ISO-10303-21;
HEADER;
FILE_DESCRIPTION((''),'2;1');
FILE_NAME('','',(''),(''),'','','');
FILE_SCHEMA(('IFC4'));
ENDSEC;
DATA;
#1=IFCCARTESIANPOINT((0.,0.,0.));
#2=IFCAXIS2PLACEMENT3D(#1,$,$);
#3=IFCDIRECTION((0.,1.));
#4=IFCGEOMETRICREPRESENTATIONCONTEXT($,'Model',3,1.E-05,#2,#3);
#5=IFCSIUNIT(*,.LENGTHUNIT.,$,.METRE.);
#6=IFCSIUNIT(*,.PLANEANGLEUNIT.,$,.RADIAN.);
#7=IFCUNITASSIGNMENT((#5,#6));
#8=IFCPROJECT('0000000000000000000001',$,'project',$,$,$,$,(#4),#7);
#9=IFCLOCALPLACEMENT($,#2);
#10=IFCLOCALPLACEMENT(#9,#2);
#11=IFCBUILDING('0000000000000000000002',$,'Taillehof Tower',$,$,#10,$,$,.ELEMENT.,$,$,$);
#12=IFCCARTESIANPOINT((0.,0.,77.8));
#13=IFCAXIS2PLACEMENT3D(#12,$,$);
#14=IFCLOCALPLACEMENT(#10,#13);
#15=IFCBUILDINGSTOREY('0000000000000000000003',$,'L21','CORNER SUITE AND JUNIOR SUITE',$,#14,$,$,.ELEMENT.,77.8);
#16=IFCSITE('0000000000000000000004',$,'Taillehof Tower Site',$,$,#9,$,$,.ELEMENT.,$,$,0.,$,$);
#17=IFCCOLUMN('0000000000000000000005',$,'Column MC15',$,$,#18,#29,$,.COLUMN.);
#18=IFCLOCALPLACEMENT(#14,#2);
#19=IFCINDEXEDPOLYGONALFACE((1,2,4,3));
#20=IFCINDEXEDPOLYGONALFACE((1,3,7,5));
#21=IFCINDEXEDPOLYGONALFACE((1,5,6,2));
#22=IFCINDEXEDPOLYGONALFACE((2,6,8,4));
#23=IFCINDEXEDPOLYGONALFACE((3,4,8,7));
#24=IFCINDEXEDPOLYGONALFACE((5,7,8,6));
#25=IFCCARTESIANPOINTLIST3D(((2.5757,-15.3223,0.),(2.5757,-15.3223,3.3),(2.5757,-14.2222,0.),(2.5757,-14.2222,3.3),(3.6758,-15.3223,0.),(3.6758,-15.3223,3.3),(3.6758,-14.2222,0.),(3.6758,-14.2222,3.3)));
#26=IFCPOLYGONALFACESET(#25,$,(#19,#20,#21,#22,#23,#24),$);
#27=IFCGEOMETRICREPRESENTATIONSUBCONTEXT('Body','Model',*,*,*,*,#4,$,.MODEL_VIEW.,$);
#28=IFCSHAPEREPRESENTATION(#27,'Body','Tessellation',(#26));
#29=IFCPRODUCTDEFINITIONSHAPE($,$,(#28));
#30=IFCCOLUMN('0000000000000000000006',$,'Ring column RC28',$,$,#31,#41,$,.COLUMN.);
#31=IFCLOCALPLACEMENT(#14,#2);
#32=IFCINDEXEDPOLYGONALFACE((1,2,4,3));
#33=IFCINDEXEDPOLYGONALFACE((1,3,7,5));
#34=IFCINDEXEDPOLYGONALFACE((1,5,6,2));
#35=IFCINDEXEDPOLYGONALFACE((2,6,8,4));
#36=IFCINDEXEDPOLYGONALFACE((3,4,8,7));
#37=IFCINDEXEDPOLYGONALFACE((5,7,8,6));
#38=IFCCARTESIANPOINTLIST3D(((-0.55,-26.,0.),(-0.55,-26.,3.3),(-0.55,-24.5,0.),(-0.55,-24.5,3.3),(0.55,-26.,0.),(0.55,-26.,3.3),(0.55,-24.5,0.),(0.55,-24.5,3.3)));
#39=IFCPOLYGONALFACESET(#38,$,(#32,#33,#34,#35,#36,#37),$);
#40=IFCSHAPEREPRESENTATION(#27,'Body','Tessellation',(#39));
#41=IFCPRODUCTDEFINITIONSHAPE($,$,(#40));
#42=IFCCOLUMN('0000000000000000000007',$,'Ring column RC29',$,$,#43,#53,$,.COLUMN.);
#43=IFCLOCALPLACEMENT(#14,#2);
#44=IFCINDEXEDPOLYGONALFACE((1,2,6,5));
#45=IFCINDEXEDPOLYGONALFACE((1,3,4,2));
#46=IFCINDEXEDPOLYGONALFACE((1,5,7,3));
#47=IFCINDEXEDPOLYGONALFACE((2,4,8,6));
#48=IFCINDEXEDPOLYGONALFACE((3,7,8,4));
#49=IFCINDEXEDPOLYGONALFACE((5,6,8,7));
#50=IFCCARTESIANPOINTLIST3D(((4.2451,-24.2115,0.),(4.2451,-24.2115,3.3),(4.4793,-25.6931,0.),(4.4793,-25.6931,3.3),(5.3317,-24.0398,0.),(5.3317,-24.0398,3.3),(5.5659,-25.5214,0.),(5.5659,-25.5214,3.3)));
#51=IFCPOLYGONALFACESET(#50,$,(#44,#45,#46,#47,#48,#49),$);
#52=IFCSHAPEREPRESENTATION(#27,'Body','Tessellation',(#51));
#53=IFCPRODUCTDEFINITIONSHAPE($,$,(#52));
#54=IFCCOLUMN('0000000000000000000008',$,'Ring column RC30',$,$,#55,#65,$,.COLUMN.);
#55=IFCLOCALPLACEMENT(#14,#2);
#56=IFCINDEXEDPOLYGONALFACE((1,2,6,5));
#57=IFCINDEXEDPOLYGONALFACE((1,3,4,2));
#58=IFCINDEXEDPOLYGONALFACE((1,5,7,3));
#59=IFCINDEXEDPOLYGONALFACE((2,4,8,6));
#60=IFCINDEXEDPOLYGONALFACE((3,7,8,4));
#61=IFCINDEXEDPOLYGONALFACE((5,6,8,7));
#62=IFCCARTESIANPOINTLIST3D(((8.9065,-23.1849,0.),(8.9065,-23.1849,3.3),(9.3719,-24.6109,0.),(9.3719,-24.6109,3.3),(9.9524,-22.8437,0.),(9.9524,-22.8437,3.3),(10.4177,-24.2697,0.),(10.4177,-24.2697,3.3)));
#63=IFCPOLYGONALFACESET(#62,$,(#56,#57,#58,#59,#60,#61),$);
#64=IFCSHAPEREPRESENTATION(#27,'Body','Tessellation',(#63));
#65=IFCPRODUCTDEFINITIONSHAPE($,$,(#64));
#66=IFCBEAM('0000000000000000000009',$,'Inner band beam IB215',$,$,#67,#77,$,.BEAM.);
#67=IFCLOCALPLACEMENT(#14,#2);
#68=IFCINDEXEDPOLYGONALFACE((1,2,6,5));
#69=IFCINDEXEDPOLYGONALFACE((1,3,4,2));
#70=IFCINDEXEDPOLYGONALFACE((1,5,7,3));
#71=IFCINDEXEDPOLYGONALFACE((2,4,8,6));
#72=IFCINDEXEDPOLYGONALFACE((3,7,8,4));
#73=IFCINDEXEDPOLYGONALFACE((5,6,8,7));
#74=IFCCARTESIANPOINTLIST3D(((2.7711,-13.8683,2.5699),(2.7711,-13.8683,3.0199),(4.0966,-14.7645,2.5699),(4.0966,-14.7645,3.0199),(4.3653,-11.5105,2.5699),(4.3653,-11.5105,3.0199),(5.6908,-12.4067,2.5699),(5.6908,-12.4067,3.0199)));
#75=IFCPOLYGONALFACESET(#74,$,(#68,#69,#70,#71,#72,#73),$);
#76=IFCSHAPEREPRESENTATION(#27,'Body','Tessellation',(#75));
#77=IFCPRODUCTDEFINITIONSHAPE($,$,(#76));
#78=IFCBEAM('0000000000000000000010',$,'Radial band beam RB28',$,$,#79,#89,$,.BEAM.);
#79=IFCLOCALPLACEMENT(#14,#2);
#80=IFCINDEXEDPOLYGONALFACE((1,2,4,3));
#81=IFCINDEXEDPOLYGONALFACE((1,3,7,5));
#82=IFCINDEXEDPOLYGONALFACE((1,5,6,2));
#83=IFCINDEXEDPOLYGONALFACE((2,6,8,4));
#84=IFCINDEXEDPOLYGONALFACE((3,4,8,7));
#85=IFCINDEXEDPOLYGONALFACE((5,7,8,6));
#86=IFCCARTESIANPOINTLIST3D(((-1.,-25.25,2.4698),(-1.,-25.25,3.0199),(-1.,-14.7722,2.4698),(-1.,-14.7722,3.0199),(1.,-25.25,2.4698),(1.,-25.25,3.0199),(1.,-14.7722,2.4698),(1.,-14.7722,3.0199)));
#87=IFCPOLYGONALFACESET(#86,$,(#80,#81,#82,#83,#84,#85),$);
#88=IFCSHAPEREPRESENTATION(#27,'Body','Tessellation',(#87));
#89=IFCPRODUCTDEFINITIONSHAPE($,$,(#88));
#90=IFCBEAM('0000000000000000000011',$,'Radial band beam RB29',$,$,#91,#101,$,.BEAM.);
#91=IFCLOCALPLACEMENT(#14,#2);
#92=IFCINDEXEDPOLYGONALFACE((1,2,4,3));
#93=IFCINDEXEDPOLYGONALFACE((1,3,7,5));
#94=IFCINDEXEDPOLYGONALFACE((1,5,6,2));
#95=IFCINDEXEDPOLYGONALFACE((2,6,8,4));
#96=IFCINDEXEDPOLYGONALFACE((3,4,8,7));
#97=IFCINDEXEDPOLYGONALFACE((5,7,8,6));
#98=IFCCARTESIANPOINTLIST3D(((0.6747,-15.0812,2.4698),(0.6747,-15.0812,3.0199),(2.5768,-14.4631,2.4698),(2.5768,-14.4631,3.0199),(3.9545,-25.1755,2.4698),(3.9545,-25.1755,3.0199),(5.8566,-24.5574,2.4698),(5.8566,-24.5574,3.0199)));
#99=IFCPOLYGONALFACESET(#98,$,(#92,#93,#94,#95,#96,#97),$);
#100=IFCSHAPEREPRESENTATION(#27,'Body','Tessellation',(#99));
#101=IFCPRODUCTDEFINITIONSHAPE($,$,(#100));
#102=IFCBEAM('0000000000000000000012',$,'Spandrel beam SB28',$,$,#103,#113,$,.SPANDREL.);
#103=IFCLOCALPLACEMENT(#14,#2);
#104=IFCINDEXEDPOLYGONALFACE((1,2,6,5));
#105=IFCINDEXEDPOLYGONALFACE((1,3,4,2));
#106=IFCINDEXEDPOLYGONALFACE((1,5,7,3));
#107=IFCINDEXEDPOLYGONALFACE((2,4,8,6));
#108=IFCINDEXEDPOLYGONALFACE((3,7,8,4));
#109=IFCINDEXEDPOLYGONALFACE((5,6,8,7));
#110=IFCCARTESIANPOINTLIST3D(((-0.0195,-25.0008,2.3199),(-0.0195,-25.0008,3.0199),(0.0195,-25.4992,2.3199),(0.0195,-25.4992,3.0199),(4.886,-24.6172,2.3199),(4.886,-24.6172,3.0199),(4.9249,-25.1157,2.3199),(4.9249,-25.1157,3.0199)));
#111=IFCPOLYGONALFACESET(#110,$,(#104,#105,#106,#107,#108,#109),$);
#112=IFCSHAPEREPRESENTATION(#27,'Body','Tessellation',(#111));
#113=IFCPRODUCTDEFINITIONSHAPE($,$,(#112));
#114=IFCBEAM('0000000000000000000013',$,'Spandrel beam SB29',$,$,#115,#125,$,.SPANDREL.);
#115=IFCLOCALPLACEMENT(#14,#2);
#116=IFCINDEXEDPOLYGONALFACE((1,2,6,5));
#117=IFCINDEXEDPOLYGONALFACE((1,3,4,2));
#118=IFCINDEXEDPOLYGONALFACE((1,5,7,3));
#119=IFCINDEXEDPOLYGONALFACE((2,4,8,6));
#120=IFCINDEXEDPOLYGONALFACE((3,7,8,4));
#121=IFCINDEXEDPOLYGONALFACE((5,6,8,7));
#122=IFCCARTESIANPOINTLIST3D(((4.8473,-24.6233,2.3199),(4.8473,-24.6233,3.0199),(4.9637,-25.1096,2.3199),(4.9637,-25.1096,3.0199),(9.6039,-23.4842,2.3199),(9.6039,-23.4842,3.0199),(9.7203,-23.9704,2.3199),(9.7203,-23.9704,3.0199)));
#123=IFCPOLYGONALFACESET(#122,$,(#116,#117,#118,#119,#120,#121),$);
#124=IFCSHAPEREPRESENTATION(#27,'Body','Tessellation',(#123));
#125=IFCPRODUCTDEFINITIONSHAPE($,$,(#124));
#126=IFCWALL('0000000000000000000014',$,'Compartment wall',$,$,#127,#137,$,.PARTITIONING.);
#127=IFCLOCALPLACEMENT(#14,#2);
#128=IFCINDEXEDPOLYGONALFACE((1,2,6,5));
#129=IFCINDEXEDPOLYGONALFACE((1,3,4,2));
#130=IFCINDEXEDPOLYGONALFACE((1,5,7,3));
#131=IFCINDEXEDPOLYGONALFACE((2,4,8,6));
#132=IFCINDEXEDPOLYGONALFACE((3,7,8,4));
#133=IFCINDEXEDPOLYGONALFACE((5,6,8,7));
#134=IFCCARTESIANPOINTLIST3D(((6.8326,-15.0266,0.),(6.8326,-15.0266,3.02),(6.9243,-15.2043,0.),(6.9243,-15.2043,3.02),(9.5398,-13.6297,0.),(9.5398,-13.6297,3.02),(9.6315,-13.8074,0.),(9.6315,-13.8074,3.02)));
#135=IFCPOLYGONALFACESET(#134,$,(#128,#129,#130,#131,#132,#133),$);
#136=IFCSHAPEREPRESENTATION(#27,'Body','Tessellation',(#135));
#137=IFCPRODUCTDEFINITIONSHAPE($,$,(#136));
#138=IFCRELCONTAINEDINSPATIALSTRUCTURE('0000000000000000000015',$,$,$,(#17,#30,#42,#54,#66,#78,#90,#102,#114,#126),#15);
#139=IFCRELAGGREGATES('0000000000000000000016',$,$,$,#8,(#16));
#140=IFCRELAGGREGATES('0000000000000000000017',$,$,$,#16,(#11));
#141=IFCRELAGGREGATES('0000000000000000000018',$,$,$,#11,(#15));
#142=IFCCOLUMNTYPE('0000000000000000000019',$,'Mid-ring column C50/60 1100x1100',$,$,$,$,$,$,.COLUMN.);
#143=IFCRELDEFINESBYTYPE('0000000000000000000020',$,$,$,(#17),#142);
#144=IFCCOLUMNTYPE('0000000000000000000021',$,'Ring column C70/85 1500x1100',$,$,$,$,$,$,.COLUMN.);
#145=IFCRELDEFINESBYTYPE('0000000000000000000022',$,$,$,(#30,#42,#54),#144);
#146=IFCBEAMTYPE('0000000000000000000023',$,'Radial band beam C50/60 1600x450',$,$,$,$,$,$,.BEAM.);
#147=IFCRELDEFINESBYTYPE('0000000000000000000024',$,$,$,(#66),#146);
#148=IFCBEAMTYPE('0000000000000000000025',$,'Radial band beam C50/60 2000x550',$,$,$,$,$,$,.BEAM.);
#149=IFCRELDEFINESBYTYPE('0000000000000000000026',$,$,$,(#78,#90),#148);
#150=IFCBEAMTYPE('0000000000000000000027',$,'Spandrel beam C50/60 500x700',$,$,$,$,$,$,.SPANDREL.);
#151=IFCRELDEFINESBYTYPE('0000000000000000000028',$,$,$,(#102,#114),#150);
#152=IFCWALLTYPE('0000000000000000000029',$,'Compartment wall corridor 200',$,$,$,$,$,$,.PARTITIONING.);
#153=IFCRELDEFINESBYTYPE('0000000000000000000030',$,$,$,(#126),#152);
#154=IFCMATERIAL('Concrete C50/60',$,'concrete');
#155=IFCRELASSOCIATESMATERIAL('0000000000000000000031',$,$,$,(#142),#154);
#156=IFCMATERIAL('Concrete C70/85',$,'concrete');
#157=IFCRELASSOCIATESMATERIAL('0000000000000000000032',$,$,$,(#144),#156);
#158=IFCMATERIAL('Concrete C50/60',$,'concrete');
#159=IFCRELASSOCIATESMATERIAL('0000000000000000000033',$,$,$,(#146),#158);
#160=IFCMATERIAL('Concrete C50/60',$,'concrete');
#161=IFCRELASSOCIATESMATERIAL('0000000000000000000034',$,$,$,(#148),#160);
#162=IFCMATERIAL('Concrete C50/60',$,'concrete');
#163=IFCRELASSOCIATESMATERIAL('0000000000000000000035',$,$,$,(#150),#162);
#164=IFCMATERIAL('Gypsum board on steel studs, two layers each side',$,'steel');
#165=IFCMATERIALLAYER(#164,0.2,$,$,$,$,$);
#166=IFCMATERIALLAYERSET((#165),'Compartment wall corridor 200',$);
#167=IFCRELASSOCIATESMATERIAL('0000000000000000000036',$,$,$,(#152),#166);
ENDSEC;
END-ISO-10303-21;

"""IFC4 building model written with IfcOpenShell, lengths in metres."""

from ifc_helpers import new_model, si_unit, direction, frame, frame_2d, origin, origin_2d, place, context, subcontext, project, spatial, rectangle, extrude, material, layer, layer_set, material_profile, profile_set, type_object, element, save


model = new_model("IFC4")

# Units and contexts
model_context = context("Model", 3, precision=1e-05, world=origin(), true_north=direction((0.0, 1.0)))
body_context = subcontext(model_context, "Body", "Model", "MODEL_VIEW")
ifc_project = project(units=[si_unit("LENGTHUNIT", "METRE"), si_unit("PLANEANGLEUNIT", "RADIAN")], contexts=[model_context])

# Site, building, storey
site_placement = place(None, origin())
site = spatial("IfcSite", under=ifc_project, at=site_placement, Name="Taillehof Tower Site", CompositionType="ELEMENT", RefElevation=0.0)
building_placement = place(site_placement, origin())
building = spatial("IfcBuilding", under=site, at=building_placement, Name="Taillehof Tower", CompositionType="ELEMENT")
storey_placement = place(building_placement, frame((0.0, 0.0, 77.8)))
storey = spatial("IfcBuildingStorey", under=building, at=storey_placement, Name="L21", Description="CORNER SUITE AND JUNIOR SUITE", CompositionType="ELEMENT", Elevation=77.8)

# Columns
ifc_material_1 = material(Name="Concrete C50/60", Category="concrete")
ifc_material_profile_1 = material_profile(ifc_material_1, rectangle(XDim=1.1001, YDim=1.1001, at=origin_2d()), Name="RC 1100x1100")
ifc_profile_set_1 = profile_set([ifc_material_profile_1], Name="Concrete C50/60")
column_type_1 = type_object("IfcColumnType", Name="Mid-ring column C50/60 1100x1100", PredefinedType="COLUMN", material=ifc_profile_set_1)
column_placement = place(storey_placement, frame((3.1257, -14.7722, 0.0), z_axis=(0.0, 0.0, 1.0), x_axis=(1.0, 0.0, 0.0)))
element("IfcColumn", 1, at=column_placement, inside=storey, type_object=column_type_1, Name="Column MC15", PredefinedType="COLUMN", context=body_context, shape_type="SweptSolid", body=[
    extrude(rectangle(XDim=1.1001, YDim=1.1001, at=origin_2d()), origin(), (0.0, 0.0, 1.0), 3.3),
])
ifc_material_2 = material(Name="Concrete C70/85", Category="concrete")
ifc_material_profile_2 = material_profile(ifc_material_2, rectangle(XDim=1.5, YDim=1.1001, at=origin_2d()), Name="RC 1500x1100")
ifc_profile_set_2 = profile_set([ifc_material_profile_2], Name="Concrete C70/85")
column_type_2 = type_object("IfcColumnType", Name="Ring column C70/85 1500x1100", PredefinedType="COLUMN", material=ifc_profile_set_2)
for number, where, z_axis, x_axis, name in (
    (2, (0.0, -25.25, 0.0), (0.0, 0.0, 1.0), (0.0, -1.0, 0.0), "Ring column RC28"),
    (3, (4.9055, -24.8665, 0.0), (0.0, 0.0, 1.0), (0.156147, -0.987734, 0.0), "Ring column RC29"),
    (4, (9.6621, -23.7273, 0.0), (0.0, 0.0, 1.0), (0.310219, -0.950665, 0.0), "Ring column RC30"),
):
    element("IfcColumn", number, at=place(storey_placement, frame(where, z_axis=z_axis, x_axis=x_axis)), inside=storey, type_object=column_type_2, Name=name, PredefinedType="COLUMN", context=body_context, shape_type="SweptSolid", body=[
        extrude(rectangle(XDim=1.5, YDim=1.1001, at=origin_2d()), origin(), (0.0, 0.0, 1.0), 3.3),
    ])

# Beams
ifc_material_3 = material(Name="Concrete C50/60", Category="concrete")
ifc_material_profile_3 = material_profile(ifc_material_3, rectangle(XDim=1.6001, YDim=0.45, at=origin_2d()), Name="RC 1600x450")
ifc_profile_set_3 = profile_set([ifc_material_profile_3], Name="Concrete C50/60")
beam_type_1 = type_object("IfcBeamType", Name="Radial band beam C50/60 1600x450", PredefinedType="BEAM", material=ifc_profile_set_3)
beam_1_placement = place(storey_placement, frame((3.4338, -14.3164, 2.7949), z_axis=(0.560112, 0.828417, 0.0), x_axis=(-0.828417, 0.560112, 0.0)))
element("IfcBeam", 5, at=beam_1_placement, inside=storey, type_object=beam_type_1, Name="Inner band beam IB215", PredefinedType="BEAM", context=body_context, shape_type="SweptSolid", body=[
    extrude(rectangle(XDim=1.6001, YDim=0.45, at=origin_2d()), origin(), (0.0, 0.0, 1.0), 2.8462),
])
ifc_material_4 = material(Name="Concrete C50/60", Category="concrete")
ifc_material_profile_4 = material_profile(ifc_material_4, rectangle(XDim=2.0, YDim=0.55, at=origin_2d()), Name="RC 2000x550")
ifc_profile_set_4 = profile_set([ifc_material_profile_4], Name="Concrete C50/60")
beam_type_2 = type_object("IfcBeamType", Name="Radial band beam C50/60 2000x550", PredefinedType="BEAM", material=ifc_profile_set_4)
beam_2_placement = place(storey_placement, frame((0.0, -25.25, 2.7449), z_axis=(0.0, 1.0, 0.0), x_axis=(-1.0, 0.0, 0.0)))
element("IfcBeam", 6, at=beam_2_placement, inside=storey, type_object=beam_type_2, Name="Radial band beam RB28", PredefinedType="BEAM", context=body_context, shape_type="SweptSolid", body=[
    extrude(rectangle(XDim=2.0, YDim=0.55, at=origin_2d()), origin(), (0.0, 0.0, 1.0), 10.4778),
])
beam_3_placement = place(storey_placement, frame((4.9055, -24.8665, 2.7449), z_axis=(-0.309014, 0.951057, 0.0), x_axis=(-0.951057, -0.309014, 0.0)))
element("IfcBeam", 7, at=beam_3_placement, inside=storey, type_object=beam_type_2, Name="Radial band beam RB29", PredefinedType="BEAM", context=body_context, shape_type="SweptSolid", body=[
    extrude(rectangle(XDim=2.0, YDim=0.55, at=origin_2d()), origin(), (0.0, 0.0, 1.0), 10.6138),
])
ifc_material_5 = material(Name="Concrete C50/60", Category="concrete")
ifc_material_profile_5 = material_profile(ifc_material_5, rectangle(XDim=0.5, YDim=0.7, at=origin_2d()), Name="RC 500x700")
ifc_profile_set_5 = profile_set([ifc_material_profile_5], Name="Concrete C50/60")
beam_type_3 = type_object("IfcBeamType", Name="Spandrel beam C50/60 500x700", PredefinedType="SPANDREL", material=ifc_profile_set_5)
beam_4_placement = place(storey_placement, frame((0.0, -25.25, 2.6699), z_axis=(0.996957, 0.077949, 0.0), x_axis=(-0.077949, 0.996957, 0.0)))
element("IfcBeam", 8, at=beam_4_placement, inside=storey, type_object=beam_type_3, Name="Spandrel beam SB28", PredefinedType="SPANDREL", context=body_context, shape_type="SweptSolid", body=[
    extrude(rectangle(XDim=0.5, YDim=0.7, at=origin_2d()), origin(), (0.0, 0.0, 1.0), 4.9204),
])
beam_5_placement = place(storey_placement, frame((4.9055, -24.8665, 2.6699), z_axis=(0.9725, 0.232905, 0.0), x_axis=(-0.232905, 0.9725, 0.0)))
element("IfcBeam", 9, at=beam_5_placement, inside=storey, type_object=beam_type_3, Name="Spandrel beam SB29", PredefinedType="SPANDREL", context=body_context, shape_type="SweptSolid", body=[
    extrude(rectangle(XDim=0.5, YDim=0.7, at=origin_2d()), origin(), (0.0, 0.0, 1.0), 4.8911),
])

# Wall
ifc_material_6 = material(Name="Gypsum board on steel studs, two layers each side", Category="steel")
ifc_layer_1 = layer(ifc_material_6, 0.2)
ifc_layer_set_1 = layer_set([ifc_layer_1], Name="Compartment wall corridor 200")
wall_type_1 = type_object("IfcWallType", Name="Compartment wall corridor 200", PredefinedType="PARTITIONING", material=ifc_layer_set_1)
wall_1_placement = place(storey_placement, frame((9.5857, -13.7185, 0.0), z_axis=(0.0, 0.0, 1.0), x_axis=(-0.888665, -0.458557, 0.0)))
element("IfcWall", 10, at=wall_1_placement, inside=storey, type_object=wall_type_1, Name="Compartment wall", PredefinedType="PARTITIONING", context=body_context, shape_type="SweptSolid", body=[
    extrude(rectangle(XDim=3.0464, YDim=0.2, at=frame_2d((1.5232, 0.0))), origin(), (0.0, 0.0, 1.0), 3.02),
])

save(model, "model.ifc")
